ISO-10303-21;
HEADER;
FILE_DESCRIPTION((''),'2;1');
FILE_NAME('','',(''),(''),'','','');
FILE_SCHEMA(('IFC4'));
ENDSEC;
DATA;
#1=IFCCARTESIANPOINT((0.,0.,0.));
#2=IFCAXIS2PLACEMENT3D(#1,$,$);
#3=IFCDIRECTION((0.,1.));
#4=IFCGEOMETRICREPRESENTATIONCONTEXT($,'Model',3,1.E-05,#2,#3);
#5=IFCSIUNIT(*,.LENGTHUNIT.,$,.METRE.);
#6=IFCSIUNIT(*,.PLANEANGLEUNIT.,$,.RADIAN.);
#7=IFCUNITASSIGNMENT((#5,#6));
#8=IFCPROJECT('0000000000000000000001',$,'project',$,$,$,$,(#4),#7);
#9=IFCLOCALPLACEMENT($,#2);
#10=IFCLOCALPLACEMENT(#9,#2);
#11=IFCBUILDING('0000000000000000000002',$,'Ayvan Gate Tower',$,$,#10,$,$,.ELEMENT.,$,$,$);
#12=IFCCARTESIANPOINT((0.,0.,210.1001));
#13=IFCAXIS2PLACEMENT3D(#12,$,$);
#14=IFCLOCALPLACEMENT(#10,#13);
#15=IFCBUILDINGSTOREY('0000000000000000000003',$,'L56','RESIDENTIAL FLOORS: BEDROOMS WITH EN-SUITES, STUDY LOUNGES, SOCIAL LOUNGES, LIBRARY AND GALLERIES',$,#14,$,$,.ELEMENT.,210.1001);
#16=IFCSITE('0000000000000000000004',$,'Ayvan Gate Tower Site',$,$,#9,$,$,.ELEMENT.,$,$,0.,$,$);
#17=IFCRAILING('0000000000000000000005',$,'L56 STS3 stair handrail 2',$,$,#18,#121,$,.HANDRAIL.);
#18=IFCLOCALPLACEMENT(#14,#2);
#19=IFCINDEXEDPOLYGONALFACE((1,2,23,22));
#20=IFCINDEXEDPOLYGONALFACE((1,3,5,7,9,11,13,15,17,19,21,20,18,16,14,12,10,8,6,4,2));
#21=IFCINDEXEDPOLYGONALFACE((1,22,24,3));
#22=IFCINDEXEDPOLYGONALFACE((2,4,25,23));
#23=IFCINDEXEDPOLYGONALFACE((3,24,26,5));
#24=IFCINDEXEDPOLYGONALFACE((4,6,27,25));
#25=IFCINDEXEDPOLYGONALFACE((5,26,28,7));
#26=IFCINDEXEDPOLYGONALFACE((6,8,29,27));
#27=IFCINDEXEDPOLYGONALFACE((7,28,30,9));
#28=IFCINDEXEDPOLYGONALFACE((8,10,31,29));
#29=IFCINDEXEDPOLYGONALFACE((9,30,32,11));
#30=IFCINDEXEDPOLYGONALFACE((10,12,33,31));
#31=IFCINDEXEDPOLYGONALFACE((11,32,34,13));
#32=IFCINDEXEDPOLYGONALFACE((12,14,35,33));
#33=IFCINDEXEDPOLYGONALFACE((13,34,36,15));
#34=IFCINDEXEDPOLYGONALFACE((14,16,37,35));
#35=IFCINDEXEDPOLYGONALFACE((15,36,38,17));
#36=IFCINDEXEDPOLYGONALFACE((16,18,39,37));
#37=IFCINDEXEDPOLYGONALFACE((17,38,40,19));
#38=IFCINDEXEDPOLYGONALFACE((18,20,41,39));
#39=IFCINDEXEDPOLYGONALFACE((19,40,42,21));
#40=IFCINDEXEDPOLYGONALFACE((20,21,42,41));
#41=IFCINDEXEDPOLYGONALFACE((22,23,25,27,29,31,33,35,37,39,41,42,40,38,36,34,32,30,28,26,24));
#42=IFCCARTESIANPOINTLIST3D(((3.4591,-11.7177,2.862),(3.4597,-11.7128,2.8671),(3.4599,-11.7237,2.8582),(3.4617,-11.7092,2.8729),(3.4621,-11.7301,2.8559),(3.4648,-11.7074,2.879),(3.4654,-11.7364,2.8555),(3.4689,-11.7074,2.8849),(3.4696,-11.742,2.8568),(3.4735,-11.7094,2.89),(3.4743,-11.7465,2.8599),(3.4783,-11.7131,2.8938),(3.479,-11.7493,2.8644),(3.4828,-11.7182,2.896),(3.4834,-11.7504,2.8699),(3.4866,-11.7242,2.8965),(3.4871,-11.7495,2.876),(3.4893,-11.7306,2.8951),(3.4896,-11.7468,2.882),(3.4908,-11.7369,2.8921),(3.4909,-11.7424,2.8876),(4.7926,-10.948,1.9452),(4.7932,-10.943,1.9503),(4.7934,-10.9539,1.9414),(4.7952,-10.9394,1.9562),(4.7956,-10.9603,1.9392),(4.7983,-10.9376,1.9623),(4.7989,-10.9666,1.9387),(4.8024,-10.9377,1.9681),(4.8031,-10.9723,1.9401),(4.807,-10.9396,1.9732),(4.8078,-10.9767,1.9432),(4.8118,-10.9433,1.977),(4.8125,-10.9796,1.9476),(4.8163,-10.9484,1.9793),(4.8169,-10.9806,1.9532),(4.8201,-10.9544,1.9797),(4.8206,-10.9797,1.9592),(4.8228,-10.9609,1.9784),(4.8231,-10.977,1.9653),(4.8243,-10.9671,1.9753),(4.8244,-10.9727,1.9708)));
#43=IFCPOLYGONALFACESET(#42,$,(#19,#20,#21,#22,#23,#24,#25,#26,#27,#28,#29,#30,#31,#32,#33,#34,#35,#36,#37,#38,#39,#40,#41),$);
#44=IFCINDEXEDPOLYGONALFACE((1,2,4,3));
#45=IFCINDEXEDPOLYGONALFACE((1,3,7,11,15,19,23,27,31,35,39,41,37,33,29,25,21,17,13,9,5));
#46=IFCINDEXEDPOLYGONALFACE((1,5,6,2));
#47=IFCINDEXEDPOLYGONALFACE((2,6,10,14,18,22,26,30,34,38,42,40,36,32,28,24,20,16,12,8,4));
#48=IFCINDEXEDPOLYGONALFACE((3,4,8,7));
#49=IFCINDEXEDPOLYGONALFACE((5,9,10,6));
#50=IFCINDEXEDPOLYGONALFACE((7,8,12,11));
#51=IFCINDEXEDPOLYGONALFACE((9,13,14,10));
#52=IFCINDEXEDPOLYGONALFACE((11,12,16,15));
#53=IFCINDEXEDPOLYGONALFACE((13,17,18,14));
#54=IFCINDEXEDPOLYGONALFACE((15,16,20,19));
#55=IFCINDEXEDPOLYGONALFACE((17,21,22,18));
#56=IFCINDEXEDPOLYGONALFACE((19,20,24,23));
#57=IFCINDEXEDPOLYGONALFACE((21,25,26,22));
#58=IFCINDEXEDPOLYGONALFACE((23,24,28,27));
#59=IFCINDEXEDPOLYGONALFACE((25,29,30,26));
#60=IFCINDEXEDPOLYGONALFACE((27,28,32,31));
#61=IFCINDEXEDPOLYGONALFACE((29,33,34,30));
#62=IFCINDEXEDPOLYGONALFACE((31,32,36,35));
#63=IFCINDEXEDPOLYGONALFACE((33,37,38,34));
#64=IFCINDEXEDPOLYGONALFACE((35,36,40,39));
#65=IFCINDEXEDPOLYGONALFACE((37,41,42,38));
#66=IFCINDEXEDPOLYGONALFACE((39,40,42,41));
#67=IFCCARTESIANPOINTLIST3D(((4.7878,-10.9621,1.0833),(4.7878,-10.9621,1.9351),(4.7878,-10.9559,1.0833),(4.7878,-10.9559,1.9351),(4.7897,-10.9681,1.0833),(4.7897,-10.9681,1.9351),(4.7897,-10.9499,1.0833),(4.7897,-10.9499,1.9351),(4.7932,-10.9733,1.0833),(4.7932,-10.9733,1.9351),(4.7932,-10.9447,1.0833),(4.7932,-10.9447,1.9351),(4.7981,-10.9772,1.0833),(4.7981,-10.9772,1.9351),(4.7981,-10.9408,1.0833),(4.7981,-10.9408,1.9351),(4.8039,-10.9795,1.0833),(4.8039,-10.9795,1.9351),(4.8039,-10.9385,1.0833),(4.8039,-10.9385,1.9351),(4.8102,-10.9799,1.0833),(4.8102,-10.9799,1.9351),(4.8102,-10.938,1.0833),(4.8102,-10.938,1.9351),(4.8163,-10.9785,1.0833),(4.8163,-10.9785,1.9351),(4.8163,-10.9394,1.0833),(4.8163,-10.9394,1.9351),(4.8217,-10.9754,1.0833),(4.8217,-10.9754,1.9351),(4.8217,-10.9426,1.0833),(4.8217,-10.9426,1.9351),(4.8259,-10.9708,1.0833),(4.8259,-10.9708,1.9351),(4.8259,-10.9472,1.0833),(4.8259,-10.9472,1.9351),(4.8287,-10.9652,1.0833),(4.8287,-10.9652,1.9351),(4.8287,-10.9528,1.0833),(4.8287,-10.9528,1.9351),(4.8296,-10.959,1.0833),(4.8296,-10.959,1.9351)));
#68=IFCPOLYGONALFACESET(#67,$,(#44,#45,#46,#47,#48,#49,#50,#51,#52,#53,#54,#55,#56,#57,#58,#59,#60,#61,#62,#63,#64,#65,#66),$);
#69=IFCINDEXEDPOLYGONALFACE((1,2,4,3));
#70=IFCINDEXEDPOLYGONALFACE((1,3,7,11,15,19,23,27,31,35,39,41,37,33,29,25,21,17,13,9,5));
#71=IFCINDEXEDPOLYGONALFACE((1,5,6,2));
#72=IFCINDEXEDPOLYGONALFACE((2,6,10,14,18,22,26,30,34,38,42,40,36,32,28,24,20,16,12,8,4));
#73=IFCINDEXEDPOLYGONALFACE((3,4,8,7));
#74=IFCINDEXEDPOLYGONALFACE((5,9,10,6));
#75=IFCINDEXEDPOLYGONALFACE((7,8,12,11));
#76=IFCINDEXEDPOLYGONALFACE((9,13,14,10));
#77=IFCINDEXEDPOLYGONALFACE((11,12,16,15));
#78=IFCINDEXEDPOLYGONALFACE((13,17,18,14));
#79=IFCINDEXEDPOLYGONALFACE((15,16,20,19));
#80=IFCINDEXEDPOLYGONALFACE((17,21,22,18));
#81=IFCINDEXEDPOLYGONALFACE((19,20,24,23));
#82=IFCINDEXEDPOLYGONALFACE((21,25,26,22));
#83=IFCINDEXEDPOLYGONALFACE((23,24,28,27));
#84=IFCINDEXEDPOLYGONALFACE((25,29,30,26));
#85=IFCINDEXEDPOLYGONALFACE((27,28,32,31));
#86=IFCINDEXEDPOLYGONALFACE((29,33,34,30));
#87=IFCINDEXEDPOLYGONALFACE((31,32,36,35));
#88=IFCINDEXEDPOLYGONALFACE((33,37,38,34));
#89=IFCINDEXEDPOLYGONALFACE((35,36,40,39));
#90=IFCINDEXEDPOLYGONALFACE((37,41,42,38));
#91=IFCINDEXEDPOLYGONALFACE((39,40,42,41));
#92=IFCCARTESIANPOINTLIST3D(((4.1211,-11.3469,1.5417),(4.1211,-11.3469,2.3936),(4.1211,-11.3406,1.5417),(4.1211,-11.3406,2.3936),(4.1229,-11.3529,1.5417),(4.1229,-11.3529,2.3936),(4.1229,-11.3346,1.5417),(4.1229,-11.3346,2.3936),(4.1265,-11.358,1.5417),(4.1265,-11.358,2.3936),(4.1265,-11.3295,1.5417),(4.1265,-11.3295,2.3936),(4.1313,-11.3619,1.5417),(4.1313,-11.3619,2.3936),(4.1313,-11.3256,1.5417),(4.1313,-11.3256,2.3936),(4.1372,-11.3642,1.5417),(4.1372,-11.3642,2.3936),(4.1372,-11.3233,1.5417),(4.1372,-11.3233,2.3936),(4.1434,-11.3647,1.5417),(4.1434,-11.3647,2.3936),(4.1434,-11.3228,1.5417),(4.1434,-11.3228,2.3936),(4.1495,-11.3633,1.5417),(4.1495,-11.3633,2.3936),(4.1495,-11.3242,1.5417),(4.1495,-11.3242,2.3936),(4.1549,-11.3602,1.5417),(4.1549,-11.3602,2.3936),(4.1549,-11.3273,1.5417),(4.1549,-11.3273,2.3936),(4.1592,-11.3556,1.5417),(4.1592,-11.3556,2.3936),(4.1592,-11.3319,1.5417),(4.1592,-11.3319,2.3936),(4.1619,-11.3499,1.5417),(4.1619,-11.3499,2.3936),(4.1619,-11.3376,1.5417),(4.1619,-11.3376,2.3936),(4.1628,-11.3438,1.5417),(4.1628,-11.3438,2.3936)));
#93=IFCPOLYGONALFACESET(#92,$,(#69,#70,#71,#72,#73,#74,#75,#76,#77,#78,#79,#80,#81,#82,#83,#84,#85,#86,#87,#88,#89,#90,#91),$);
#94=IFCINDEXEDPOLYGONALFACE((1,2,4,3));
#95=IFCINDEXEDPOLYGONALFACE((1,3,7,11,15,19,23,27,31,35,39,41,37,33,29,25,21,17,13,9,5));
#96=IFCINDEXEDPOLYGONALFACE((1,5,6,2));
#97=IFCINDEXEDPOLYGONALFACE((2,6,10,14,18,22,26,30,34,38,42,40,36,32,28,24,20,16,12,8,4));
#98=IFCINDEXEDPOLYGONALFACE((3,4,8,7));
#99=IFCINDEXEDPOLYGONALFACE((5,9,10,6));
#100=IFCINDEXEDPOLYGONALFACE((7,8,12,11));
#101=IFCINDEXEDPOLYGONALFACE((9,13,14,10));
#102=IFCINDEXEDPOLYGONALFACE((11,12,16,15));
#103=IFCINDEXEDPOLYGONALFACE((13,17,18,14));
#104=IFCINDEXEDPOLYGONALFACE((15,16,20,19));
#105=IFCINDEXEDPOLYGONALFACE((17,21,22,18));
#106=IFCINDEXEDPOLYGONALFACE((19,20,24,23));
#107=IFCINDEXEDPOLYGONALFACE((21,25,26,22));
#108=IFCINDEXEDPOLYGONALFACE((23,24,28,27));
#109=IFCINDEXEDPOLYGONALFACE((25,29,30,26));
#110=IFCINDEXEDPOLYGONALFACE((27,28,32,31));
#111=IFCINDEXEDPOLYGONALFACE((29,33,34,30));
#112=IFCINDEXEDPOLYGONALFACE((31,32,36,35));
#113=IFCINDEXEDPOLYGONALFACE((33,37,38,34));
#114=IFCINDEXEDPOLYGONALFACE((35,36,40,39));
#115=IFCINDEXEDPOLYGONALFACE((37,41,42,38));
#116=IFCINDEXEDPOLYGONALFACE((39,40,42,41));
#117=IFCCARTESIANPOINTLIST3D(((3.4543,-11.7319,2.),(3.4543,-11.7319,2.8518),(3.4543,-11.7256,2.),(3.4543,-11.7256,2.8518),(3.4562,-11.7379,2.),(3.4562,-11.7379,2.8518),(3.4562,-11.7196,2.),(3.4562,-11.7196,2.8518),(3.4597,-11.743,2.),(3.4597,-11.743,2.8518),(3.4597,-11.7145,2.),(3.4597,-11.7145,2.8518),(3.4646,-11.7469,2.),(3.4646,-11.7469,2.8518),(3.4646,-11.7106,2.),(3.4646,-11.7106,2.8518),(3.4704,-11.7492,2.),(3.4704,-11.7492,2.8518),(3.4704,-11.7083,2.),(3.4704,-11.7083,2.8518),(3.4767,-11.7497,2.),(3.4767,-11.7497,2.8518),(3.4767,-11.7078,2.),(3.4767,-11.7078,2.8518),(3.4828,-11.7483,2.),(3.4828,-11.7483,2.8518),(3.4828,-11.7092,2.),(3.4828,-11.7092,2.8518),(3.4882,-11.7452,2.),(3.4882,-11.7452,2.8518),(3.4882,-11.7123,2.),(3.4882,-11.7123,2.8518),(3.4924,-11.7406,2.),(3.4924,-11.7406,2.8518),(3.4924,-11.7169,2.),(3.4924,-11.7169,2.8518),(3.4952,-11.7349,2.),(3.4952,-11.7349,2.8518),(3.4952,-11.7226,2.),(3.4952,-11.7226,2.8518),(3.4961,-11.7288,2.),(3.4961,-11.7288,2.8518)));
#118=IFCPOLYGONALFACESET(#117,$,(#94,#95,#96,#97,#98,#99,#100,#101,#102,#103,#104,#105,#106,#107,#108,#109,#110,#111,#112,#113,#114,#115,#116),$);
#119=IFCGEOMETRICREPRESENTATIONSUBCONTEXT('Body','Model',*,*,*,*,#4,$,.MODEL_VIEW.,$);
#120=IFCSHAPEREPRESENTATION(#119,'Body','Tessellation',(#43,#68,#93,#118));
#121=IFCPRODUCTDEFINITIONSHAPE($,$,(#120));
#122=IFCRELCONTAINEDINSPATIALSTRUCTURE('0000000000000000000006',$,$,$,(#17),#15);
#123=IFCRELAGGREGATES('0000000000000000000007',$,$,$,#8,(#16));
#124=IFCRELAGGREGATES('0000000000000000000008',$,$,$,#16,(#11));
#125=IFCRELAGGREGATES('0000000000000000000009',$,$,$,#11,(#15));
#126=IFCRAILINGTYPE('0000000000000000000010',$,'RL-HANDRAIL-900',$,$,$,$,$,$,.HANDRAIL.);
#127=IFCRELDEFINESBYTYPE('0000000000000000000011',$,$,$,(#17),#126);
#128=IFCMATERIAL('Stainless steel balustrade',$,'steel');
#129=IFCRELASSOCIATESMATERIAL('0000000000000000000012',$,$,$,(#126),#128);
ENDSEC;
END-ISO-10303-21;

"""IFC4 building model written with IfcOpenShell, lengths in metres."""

from ifc_helpers import new_model, si_unit, direction, frame, origin, origin_2d, place, context, subcontext, project, spatial, circle, extrude, material, type_object, element, save


model = new_model("IFC4")

# Units and contexts
model_context = context("Model", 3, precision=1e-05, world=origin(), true_north=direction((0.0, 1.0)))
body_context = subcontext(model_context, "Body", "Model", "MODEL_VIEW")
ifc_project = project(units=[si_unit("LENGTHUNIT", "METRE"), si_unit("PLANEANGLEUNIT", "RADIAN")], contexts=[model_context])

# Site, building, storey
site_placement = place(None, origin())
site = spatial("IfcSite", under=ifc_project, at=site_placement, Name="Ayvan Gate Tower Site", CompositionType="ELEMENT", RefElevation=0.0)
building_placement = place(site_placement, origin())
building = spatial("IfcBuilding", under=site, at=building_placement, Name="Ayvan Gate Tower", CompositionType="ELEMENT")
storey_placement = place(building_placement, frame((0.0, 0.0, 210.1001)))
storey = spatial("IfcBuildingStorey", under=building, at=storey_placement, Name="L56", Description="RESIDENTIAL FLOORS: BEDROOMS WITH EN-SUITES, STUDY LOUNGES, SOCIAL LOUNGES, LIBRARY AND GALLERIES", CompositionType="ELEMENT", Elevation=210.1001)

# Railing
ifc_material_1 = material(Name="Stainless steel balustrade", Category="steel")
railing_type_1 = type_object("IfcRailingType", Name="RL-HANDRAIL-900", PredefinedType="HANDRAIL", material=ifc_material_1)
railing_1_placement = place(storey_placement, frame((4.8086, -10.959, 1.0833)))
element("IfcRailing", 1, at=railing_1_placement, inside=storey, type_object=railing_type_1, Name="L56 STS3 stair handrail 2", PredefinedType="HANDRAIL", context=body_context, shape_type="SweptSolid", body=[
    extrude(circle(Radius=0.0239, at=origin_2d()), frame((0.0, 0.0, 0.876), z_axis=(-0.744147, -0.429567, 0.511584), x_axis=(0.499942, -0.866059, 0.0)), (0.0, 0.0, 1.0), 1.792),
    extrude(circle(Radius=0.021, at=origin_2d()), origin(), (0.0, 0.0, 1.0), 0.8518),
    extrude(circle(Radius=0.021, at=origin_2d()), frame((-0.6667, -0.3848, 0.4585)), (0.0, 0.0, 1.0), 0.8518),
    extrude(circle(Radius=0.021, at=origin_2d()), frame((-1.3335, -0.7698, 0.9167)), (0.0, 0.0, 1.0), 0.8518),
])

save(model, "model.ifc")
